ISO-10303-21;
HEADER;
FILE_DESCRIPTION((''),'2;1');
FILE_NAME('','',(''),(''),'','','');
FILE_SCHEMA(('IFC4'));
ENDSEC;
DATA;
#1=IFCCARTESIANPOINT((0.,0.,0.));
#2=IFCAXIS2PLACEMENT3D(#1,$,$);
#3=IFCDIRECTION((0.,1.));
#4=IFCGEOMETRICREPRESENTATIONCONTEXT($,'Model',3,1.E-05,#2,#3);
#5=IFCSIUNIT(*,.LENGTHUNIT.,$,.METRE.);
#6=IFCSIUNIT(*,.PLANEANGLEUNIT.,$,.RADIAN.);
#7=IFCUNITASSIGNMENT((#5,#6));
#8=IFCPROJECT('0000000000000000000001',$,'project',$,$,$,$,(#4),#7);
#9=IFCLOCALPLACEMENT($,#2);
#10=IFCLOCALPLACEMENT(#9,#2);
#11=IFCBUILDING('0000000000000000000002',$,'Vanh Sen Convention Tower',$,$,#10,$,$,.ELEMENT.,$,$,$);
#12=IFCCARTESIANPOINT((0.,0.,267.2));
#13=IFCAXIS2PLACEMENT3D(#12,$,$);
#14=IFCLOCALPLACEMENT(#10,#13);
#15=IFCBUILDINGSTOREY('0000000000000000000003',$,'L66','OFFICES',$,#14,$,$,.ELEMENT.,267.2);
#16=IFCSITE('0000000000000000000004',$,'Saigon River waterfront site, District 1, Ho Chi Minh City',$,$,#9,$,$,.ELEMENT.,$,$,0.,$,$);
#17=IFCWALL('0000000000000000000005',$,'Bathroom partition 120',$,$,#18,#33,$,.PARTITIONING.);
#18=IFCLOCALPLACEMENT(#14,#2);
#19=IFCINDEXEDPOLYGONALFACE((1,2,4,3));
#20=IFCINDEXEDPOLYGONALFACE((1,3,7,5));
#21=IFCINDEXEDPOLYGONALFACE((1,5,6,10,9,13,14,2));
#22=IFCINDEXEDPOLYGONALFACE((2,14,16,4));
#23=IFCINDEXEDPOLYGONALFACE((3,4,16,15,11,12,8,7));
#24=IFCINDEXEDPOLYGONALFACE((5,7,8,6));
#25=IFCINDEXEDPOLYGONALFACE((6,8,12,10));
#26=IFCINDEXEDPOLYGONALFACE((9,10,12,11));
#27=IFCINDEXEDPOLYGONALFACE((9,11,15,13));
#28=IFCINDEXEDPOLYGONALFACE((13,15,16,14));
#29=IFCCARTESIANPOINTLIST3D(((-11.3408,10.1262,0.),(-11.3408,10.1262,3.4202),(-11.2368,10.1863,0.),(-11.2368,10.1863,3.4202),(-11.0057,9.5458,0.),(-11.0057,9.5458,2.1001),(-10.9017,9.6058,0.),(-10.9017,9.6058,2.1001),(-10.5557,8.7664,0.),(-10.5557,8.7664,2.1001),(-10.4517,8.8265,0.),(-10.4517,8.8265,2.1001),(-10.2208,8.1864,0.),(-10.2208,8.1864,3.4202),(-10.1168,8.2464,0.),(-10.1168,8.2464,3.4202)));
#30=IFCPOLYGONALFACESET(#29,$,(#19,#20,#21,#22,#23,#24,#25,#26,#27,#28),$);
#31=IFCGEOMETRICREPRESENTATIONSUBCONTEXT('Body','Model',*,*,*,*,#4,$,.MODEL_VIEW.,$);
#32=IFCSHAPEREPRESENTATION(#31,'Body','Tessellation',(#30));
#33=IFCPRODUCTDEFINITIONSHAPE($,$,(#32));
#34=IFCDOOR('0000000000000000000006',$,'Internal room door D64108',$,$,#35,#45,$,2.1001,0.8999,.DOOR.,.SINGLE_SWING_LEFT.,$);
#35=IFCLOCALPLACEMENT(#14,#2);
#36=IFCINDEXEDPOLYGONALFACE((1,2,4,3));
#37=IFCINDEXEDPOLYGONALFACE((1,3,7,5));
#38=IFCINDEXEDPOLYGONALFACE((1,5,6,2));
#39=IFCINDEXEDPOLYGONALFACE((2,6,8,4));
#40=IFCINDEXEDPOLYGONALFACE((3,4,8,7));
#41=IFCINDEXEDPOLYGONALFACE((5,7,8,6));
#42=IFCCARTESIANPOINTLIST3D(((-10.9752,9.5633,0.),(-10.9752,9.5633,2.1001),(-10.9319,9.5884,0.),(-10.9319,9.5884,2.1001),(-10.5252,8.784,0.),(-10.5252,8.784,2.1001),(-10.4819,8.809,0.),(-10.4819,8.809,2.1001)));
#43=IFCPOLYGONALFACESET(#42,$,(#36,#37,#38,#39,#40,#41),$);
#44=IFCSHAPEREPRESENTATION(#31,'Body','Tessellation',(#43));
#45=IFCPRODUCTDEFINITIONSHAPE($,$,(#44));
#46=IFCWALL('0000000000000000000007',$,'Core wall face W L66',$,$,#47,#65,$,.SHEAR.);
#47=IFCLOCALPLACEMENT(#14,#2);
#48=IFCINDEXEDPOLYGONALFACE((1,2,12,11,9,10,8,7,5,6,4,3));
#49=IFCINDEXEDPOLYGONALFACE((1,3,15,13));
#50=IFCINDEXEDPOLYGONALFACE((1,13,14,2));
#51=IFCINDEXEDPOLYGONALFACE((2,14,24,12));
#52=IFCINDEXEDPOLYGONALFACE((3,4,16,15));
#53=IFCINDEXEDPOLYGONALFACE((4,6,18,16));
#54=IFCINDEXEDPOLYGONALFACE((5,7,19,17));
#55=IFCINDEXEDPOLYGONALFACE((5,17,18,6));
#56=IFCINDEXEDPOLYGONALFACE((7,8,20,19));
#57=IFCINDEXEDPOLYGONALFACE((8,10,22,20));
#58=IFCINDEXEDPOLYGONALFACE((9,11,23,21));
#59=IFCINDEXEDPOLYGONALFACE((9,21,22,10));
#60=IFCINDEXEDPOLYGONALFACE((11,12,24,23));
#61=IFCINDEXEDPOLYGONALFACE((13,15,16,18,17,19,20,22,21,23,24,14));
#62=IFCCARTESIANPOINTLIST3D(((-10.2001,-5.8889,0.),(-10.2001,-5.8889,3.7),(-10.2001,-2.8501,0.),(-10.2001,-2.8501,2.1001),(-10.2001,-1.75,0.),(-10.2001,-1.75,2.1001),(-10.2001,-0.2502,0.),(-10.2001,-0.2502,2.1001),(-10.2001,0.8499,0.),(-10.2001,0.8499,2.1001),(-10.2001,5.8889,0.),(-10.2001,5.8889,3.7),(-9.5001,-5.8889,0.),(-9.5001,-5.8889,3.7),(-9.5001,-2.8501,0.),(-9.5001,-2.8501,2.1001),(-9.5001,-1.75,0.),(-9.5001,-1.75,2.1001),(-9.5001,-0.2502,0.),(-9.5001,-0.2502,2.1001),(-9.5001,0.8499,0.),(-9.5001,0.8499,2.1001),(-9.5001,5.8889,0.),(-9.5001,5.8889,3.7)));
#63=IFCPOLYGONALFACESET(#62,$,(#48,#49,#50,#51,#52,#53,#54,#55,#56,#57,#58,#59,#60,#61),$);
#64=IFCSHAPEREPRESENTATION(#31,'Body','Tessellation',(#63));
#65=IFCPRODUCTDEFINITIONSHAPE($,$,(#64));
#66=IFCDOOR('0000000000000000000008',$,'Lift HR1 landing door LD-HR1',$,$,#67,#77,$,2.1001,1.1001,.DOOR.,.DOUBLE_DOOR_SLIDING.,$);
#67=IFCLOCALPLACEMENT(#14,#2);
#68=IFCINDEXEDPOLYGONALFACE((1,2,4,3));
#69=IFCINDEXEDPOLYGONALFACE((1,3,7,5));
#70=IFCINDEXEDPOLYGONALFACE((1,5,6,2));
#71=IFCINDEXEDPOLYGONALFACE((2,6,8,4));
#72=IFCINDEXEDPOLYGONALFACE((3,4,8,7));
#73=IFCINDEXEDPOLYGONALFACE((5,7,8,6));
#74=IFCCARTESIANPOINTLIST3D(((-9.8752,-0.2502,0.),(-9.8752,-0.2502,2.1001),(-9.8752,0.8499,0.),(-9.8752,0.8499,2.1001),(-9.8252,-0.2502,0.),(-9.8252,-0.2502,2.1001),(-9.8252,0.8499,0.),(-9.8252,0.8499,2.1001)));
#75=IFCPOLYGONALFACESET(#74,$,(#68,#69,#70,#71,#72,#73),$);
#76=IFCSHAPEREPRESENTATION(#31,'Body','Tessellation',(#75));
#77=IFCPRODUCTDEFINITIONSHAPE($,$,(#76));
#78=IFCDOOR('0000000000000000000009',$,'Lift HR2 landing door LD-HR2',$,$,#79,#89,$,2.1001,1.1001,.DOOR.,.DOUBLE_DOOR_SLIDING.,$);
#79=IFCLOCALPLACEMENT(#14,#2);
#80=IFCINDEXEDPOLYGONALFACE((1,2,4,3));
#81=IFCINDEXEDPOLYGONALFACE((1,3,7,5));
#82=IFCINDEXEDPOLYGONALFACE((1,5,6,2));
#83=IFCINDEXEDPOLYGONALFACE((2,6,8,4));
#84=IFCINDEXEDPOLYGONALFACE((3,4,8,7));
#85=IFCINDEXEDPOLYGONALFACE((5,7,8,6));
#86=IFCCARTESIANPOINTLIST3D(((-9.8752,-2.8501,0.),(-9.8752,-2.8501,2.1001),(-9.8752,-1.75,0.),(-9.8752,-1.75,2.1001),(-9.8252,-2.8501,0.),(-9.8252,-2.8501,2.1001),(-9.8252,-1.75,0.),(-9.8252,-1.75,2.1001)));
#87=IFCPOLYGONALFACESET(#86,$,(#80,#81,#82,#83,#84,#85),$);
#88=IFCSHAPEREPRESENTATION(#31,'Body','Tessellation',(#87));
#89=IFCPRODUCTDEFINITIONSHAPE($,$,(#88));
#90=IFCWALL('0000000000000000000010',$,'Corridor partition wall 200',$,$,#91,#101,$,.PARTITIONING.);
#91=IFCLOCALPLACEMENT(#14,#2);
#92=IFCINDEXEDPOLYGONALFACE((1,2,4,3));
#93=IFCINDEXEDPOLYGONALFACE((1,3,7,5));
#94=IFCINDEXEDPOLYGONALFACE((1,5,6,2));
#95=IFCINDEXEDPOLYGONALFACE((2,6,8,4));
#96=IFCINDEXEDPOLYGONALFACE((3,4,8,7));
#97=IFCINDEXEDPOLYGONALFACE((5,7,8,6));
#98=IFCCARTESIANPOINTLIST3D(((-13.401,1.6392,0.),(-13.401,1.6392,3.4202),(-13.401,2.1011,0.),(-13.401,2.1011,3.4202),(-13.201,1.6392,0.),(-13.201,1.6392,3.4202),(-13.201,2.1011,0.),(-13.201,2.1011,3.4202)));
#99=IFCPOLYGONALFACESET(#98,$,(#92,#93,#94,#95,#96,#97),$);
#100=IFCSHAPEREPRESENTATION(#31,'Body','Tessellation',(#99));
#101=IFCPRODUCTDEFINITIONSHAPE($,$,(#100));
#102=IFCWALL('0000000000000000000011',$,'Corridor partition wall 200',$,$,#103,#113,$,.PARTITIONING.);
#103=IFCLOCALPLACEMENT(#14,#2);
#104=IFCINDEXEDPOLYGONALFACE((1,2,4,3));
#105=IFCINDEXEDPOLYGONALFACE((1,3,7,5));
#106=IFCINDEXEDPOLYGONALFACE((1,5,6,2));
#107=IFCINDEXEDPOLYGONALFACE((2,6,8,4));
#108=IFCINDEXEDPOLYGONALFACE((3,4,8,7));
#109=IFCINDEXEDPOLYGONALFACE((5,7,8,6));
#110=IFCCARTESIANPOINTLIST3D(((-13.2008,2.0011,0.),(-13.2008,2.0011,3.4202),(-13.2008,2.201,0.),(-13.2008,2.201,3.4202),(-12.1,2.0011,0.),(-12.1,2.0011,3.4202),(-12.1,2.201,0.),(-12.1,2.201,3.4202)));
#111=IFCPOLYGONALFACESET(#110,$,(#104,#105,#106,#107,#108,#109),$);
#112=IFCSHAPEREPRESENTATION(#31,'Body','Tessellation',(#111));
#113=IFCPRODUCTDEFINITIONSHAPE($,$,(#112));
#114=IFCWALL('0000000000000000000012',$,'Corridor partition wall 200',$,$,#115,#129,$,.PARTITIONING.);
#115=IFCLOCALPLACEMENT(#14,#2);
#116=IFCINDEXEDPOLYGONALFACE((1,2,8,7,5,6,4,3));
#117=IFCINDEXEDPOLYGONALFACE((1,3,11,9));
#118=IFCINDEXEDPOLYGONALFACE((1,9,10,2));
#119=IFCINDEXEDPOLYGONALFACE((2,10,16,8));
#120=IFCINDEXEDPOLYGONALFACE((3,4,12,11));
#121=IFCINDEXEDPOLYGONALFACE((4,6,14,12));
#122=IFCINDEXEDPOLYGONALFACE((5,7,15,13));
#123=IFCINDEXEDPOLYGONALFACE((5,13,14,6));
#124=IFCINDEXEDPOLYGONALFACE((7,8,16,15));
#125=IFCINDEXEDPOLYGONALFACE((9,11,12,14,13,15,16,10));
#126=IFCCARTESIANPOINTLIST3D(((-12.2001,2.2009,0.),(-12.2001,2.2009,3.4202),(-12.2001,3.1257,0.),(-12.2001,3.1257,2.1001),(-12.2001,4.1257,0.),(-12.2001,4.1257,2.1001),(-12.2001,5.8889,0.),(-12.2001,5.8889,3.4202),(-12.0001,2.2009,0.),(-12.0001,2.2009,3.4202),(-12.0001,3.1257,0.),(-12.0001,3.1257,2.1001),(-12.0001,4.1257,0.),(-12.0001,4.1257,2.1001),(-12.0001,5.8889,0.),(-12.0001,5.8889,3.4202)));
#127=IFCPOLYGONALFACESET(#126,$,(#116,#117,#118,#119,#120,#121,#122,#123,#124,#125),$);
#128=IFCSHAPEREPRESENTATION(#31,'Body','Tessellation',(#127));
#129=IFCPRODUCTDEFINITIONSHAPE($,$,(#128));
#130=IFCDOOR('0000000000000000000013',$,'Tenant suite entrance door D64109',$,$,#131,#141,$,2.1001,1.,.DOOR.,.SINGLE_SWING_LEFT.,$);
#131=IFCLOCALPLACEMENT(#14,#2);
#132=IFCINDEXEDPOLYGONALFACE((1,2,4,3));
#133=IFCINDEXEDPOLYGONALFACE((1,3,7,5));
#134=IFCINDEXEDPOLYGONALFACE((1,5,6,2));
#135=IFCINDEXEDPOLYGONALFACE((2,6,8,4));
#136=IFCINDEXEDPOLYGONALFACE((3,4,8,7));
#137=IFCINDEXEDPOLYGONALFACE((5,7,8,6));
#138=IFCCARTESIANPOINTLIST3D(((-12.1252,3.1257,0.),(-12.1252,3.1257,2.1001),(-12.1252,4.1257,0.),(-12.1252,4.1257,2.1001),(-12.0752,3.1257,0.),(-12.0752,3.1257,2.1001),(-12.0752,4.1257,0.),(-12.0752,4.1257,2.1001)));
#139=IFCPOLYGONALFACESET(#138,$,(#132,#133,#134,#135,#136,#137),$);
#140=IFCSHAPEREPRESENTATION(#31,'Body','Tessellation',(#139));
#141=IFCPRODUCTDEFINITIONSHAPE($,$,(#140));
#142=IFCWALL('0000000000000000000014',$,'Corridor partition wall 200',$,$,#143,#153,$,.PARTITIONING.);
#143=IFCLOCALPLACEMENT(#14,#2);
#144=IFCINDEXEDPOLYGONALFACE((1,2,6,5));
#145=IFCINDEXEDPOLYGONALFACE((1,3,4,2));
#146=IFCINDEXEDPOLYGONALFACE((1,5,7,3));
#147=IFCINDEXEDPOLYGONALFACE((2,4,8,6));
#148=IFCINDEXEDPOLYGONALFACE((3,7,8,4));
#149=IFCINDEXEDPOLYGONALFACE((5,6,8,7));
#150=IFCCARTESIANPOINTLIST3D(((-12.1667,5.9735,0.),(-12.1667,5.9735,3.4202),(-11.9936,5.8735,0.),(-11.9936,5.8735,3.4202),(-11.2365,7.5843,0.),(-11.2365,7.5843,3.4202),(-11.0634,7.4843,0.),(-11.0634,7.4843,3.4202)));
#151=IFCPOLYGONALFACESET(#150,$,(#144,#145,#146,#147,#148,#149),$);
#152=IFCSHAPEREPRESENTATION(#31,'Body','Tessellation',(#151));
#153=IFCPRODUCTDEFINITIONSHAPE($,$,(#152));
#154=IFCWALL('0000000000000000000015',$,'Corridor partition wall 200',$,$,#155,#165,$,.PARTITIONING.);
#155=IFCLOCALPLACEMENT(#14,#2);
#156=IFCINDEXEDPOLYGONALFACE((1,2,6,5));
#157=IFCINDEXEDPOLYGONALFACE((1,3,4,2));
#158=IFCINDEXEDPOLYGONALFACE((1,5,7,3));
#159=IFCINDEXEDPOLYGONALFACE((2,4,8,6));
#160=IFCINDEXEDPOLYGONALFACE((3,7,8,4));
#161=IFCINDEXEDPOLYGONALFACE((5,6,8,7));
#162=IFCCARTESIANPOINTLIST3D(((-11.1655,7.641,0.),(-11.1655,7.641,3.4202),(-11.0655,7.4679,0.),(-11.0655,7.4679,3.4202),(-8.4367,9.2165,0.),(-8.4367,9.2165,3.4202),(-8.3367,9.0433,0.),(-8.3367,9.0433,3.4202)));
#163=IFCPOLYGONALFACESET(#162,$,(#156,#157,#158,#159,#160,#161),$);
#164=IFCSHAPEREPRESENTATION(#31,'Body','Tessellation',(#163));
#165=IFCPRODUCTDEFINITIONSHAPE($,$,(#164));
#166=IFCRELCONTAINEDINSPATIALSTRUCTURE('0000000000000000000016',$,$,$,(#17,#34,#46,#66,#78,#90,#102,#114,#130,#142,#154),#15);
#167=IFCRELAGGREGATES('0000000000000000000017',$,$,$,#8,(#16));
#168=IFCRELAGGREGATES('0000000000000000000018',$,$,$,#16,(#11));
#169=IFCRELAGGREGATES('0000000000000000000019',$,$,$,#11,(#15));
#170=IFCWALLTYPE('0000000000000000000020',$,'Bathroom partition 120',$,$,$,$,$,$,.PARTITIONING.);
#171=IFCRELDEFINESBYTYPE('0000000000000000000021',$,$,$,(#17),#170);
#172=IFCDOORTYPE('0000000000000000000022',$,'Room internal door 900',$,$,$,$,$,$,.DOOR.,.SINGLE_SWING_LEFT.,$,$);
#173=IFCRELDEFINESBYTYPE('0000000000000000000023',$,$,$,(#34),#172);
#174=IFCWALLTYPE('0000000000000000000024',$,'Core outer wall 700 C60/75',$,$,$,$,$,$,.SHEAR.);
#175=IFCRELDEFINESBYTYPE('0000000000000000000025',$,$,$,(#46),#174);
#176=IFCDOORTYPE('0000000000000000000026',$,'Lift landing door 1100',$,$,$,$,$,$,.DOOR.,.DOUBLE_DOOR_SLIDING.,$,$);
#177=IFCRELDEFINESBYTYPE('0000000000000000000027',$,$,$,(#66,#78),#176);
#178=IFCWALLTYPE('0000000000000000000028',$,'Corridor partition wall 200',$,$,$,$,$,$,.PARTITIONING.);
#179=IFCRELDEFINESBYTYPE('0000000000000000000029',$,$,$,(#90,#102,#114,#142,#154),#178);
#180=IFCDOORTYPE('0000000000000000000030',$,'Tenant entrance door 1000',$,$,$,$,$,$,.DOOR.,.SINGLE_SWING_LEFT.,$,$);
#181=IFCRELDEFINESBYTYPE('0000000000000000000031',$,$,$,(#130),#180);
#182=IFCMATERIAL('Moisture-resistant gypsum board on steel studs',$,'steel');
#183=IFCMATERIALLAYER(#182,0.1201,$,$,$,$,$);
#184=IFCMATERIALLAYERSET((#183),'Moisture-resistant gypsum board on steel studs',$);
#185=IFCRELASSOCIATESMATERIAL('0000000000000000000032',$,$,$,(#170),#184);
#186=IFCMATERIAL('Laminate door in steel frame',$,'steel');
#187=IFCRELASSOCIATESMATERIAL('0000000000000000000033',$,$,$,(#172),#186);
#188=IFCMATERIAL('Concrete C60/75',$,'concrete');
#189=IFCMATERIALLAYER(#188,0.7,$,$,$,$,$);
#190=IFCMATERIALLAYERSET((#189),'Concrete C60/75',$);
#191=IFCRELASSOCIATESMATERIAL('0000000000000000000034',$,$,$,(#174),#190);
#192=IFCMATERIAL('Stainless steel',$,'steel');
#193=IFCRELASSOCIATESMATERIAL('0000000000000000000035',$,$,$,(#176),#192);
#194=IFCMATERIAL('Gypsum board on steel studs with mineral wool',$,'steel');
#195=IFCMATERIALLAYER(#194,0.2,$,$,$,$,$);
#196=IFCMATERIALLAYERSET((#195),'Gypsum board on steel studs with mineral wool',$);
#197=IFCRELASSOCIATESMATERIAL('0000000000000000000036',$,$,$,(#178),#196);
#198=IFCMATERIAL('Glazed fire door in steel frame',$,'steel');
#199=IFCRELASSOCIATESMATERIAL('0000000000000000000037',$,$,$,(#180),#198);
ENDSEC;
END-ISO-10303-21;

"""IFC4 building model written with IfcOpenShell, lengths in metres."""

from ifc_helpers import new_model, si_unit, direction, frame, frame_2d, origin, place, context, subcontext, project, spatial, rectangle, extrude, material, layer, layer_set, type_object, element, fill, save


model = new_model("IFC4")

# Units and contexts
model_context = context("Model", 3, precision=1e-05, world=origin(), true_north=direction((0.0, 1.0)))
body_context = subcontext(model_context, "Body", "Model", "MODEL_VIEW")
ifc_project = project(units=[si_unit("LENGTHUNIT", "METRE"), si_unit("PLANEANGLEUNIT", "RADIAN")], contexts=[model_context])

# Site, building, storey
site_placement = place(None, origin())
site = spatial("IfcSite", under=ifc_project, at=site_placement, Name="Saigon River waterfront site, District 1, Ho Chi Minh City", CompositionType="ELEMENT", RefElevation=0.0)
building_placement = place(site_placement, origin())
building = spatial("IfcBuilding", under=site, at=building_placement, Name="Vanh Sen Convention Tower", CompositionType="ELEMENT")
storey_placement = place(building_placement, frame((0.0, 0.0, 267.2)))
storey = spatial("IfcBuildingStorey", under=building, at=storey_placement, Name="L66", Description="OFFICES", CompositionType="ELEMENT", Elevation=267.2)

# Wall, opening, door
ifc_material_1 = material(Name="Moisture-resistant gypsum board on steel studs", Category="steel")
ifc_layer_1 = layer(ifc_material_1, 0.1201)
ifc_layer_set_1 = layer_set([ifc_layer_1], Name="Moisture-resistant gypsum board on steel studs")
wall_type_1 = type_object("IfcWallType", Name="Bathroom partition 120", PredefinedType="PARTITIONING", material=ifc_layer_set_1)
wall_1_placement = place(storey_placement, frame((-10.1687, 8.2163, 0.0), z_axis=(0.0, 0.0, 1.0), x_axis=(-0.500031, 0.866008, 0.0)))
wall_1 = element("IfcWall", 1, at=wall_1_placement, inside=storey, type_object=wall_type_1, Name="Bathroom partition 120", PredefinedType="PARTITIONING", context=body_context, shape_type="SweptSolid", body=[
    extrude(rectangle(XDim=2.24, YDim=0.1201, at=frame_2d((1.1201, 0.0))), origin(), (0.0, 0.0, 1.0), 3.4202),
])
opening_1_placement = place(wall_1_placement, frame((0.6699, 0.0, 0.0)))
opening_1 = element("IfcOpeningElement", 2, at=opening_1_placement, cuts=wall_1, PredefinedType="OPENING", context=body_context, shape_type="SweptSolid", body=[
    extrude(rectangle(XDim=0.8999, YDim=2.1001, at=frame_2d((0.45, 1.05))), frame((0.0, 0.0701, 0.0), z_axis=(0.0, -1.0, 0.0), x_axis=(1.0, 0.0, 0.0)), (0.0, 0.0, 1.0), 0.1401),
])
ifc_material_2 = material(Name="Laminate door in steel frame", Category="steel")
door_type_1 = type_object("IfcDoorType", Name="Room internal door 900", OperationType="SINGLE_SWING_LEFT", PredefinedType="DOOR", material=ifc_material_2)
door_1_placement = place(opening_1_placement, origin())
door_1 = element("IfcDoor", 3, at=door_1_placement, inside=storey, type_object=door_type_1, Name="Internal room door D64108", OperationType="SINGLE_SWING_LEFT", OverallHeight=2.1001, OverallWidth=0.8999, PredefinedType="DOOR", context=body_context, shape_type="SweptSolid", body=[
    extrude(rectangle(XDim=0.8999, YDim=2.1001, at=frame_2d((0.45, 1.05))), frame((0.0, 0.0249, 0.0), z_axis=(0.0, -1.0, 0.0), x_axis=(1.0, 0.0, 0.0)), (0.0, 0.0, 1.0), 0.05),
])
fill(opening_1, door_1)

# Wall, openings, doors
ifc_material_3 = material(Name="Concrete C60/75", Category="concrete")
ifc_layer_2 = layer(ifc_material_3, 0.7)
ifc_layer_set_2 = layer_set([ifc_layer_2], Name="Concrete C60/75")
wall_type_2 = type_object("IfcWallType", Name="Core outer wall 700 C60/75", PredefinedType="SHEAR", material=ifc_layer_set_2)
wall_2_placement = place(storey_placement, frame((-9.8501, 5.8889, 0.0), z_axis=(0.0, 0.0, 1.0), x_axis=(0.0, -1.0, 0.0)))
wall_2 = element("IfcWall", 4, at=wall_2_placement, inside=storey, type_object=wall_type_2, Name="Core wall face W L66", PredefinedType="SHEAR", context=body_context, shape_type="SweptSolid", body=[
    extrude(rectangle(XDim=11.7778, YDim=0.7, at=frame_2d((5.8889, 0.0))), origin(), (0.0, 0.0, 1.0), 3.7),
])
opening_2_placement = place(wall_2_placement, frame((5.0391, 0.0, 0.0)))
opening_2 = element("IfcOpeningElement", 5, at=opening_2_placement, cuts=wall_2, PredefinedType="OPENING", context=body_context, shape_type="SweptSolid", body=[
    extrude(rectangle(XDim=1.1001, YDim=2.1001, at=frame_2d((0.55, 1.05))), frame((0.0, 0.3599, 0.0), z_axis=(0.0, -1.0, 0.0), x_axis=(1.0, 0.0, 0.0)), (0.0, 0.0, 1.0), 0.72),
])
opening_3_placement = place(wall_2_placement, frame((7.6389, 0.0, 0.0)))
opening_3 = element("IfcOpeningElement", 6, at=opening_3_placement, cuts=wall_2, PredefinedType="OPENING", context=body_context, shape_type="SweptSolid", body=[
    extrude(rectangle(XDim=1.1001, YDim=2.1001, at=frame_2d((0.55, 1.05))), frame((0.0, 0.3599, 0.0), z_axis=(0.0, -1.0, 0.0), x_axis=(1.0, 0.0, 0.0)), (0.0, 0.0, 1.0), 0.72),
])
ifc_material_4 = material(Name="Stainless steel", Category="steel")
door_type_2 = type_object("IfcDoorType", Name="Lift landing door 1100", OperationType="DOUBLE_DOOR_SLIDING", PredefinedType="DOOR", material=ifc_material_4)
door_2_placement = place(opening_2_placement, origin())
door_2 = element("IfcDoor", 7, at=door_2_placement, inside=storey, type_object=door_type_2, Name="Lift HR1 landing door LD-HR1", OperationType="DOUBLE_DOOR_SLIDING", OverallHeight=2.1001, OverallWidth=1.1001, PredefinedType="DOOR", context=body_context, shape_type="SweptSolid", body=[
    extrude(rectangle(XDim=1.1001, YDim=2.1001, at=frame_2d((0.55, 1.05))), frame((0.0, 0.0249, 0.0), z_axis=(0.0, -1.0, 0.0), x_axis=(1.0, 0.0, 0.0)), (0.0, 0.0, 1.0), 0.05),
])
fill(opening_2, door_2)
door_3_placement = place(opening_3_placement, origin())
door_3 = element("IfcDoor", 8, at=door_3_placement, inside=storey, type_object=door_type_2, Name="Lift HR2 landing door LD-HR2", OperationType="DOUBLE_DOOR_SLIDING", OverallHeight=2.1001, OverallWidth=1.1001, PredefinedType="DOOR", context=body_context, shape_type="SweptSolid", body=[
    extrude(rectangle(XDim=1.1001, YDim=2.1001, at=frame_2d((0.55, 1.05))), frame((0.0, 0.0249, 0.0), z_axis=(0.0, -1.0, 0.0), x_axis=(1.0, 0.0, 0.0)), (0.0, 0.0, 1.0), 0.05),
])
fill(opening_3, door_3)

# Walls
ifc_material_5 = material(Name="Gypsum board on steel studs with mineral wool", Category="steel")
ifc_layer_3 = layer(ifc_material_5, 0.2)
ifc_layer_set_3 = layer_set([ifc_layer_3], Name="Gypsum board on steel studs with mineral wool")
wall_type_3 = type_object("IfcWallType", Name="Corridor partition wall 200", PredefinedType="PARTITIONING", material=ifc_layer_set_3)
wall_3_placement = place(storey_placement, frame((-13.301, 2.1011, 0.0), z_axis=(0.0, 0.0, 1.0), x_axis=(0.0, -1.0, 0.0)))
element("IfcWall", 9, at=wall_3_placement, inside=storey, type_object=wall_type_3, Name="Corridor partition wall 200", PredefinedType="PARTITIONING", context=body_context, shape_type="SweptSolid", body=[
    extrude(rectangle(XDim=0.4619, YDim=0.2, at=frame_2d((0.231, 0.0))), origin(), (0.0, 0.0, 1.0), 3.4202),
])
wall_4_placement = place(storey_placement, frame((-12.1001, 2.1011, 0.0), z_axis=(0.0, 0.0, 1.0), x_axis=(-1.0, 0.0, 0.0)))
element("IfcWall", 10, at=wall_4_placement, inside=storey, type_object=wall_type_3, Name="Corridor partition wall 200", PredefinedType="PARTITIONING", context=body_context, shape_type="SweptSolid", body=[
    extrude(rectangle(XDim=1.1008, YDim=0.2, at=frame_2d((0.5503, 0.0))), origin(), (0.0, 0.0, 1.0), 3.4202),
])

# Wall, opening, door
wall_5_placement = place(storey_placement, frame((-12.1001, 5.8889, 0.0), z_axis=(0.0, 0.0, 1.0), x_axis=(0.0, -1.0, 0.0)))
wall_5 = element("IfcWall", 11, at=wall_5_placement, inside=storey, type_object=wall_type_3, Name="Corridor partition wall 200", PredefinedType="PARTITIONING", context=body_context, shape_type="SweptSolid", body=[
    extrude(rectangle(XDim=3.688, YDim=0.2, at=frame_2d((1.844, 0.0))), origin(), (0.0, 0.0, 1.0), 3.4202),
])
opening_4_placement = place(wall_5_placement, frame((1.7632, 0.0, 0.0)))
opening_4 = element("IfcOpeningElement", 12, at=opening_4_placement, cuts=wall_5, PredefinedType="OPENING", context=body_context, shape_type="SweptSolid", body=[
    extrude(rectangle(XDim=1.0, YDim=2.1001, at=frame_2d((0.5, 1.05))), frame((0.0, 0.1099, 0.0), z_axis=(0.0, -1.0, 0.0), x_axis=(1.0, 0.0, 0.0)), (0.0, 0.0, 1.0), 0.22),
])
ifc_material_6 = material(Name="Glazed fire door in steel frame", Category="steel")
door_type_3 = type_object("IfcDoorType", Name="Tenant entrance door 1000", OperationType="SINGLE_SWING_LEFT", PredefinedType="DOOR", material=ifc_material_6)
door_4_placement = place(opening_4_placement, origin())
door_4 = element("IfcDoor", 13, at=door_4_placement, inside=storey, type_object=door_type_3, Name="Tenant suite entrance door D64109", OperationType="SINGLE_SWING_LEFT", OverallHeight=2.1001, OverallWidth=1.0, PredefinedType="DOOR", context=body_context, shape_type="SweptSolid", body=[
    extrude(rectangle(XDim=1.0, YDim=2.1001, at=frame_2d((0.5, 1.05))), frame((0.0, 0.0249, 0.0), z_axis=(0.0, -1.0, 0.0), x_axis=(1.0, 0.0, 0.0)), (0.0, 0.0, 1.0), 0.05),
])
fill(opening_4, door_4)

# Walls
wall_6_placement = place(storey_placement, frame((-11.1499, 7.5344, 0.0), z_axis=(0.0, 0.0, 1.0), x_axis=(-0.500063, -0.865989, 0.0)))
element("IfcWall", 14, at=wall_6_placement, inside=storey, type_object=wall_type_3, Name="Corridor partition wall 200", PredefinedType="PARTITIONING", context=body_context, shape_type="SweptSolid", body=[
    extrude(rectangle(XDim=1.8601, YDim=0.2, at=frame_2d((0.9302, 0.0))), origin(), (0.0, 0.0, 1.0), 3.4202),
])
wall_7_placement = place(storey_placement, frame((-8.3867, 9.1299, 0.0), z_axis=(0.0, 0.0, 1.0), x_axis=(-0.866027, -0.499997, 0.0)))
element("IfcWall", 15, at=wall_7_placement, inside=storey, type_object=wall_type_3, Name="Corridor partition wall 200", PredefinedType="PARTITIONING", context=body_context, shape_type="SweptSolid", body=[
    extrude(rectangle(XDim=3.1509, YDim=0.2, at=frame_2d((1.5754, 0.0))), origin(), (0.0, 0.0, 1.0), 3.4202),
])

save(model, "model.ifc")
